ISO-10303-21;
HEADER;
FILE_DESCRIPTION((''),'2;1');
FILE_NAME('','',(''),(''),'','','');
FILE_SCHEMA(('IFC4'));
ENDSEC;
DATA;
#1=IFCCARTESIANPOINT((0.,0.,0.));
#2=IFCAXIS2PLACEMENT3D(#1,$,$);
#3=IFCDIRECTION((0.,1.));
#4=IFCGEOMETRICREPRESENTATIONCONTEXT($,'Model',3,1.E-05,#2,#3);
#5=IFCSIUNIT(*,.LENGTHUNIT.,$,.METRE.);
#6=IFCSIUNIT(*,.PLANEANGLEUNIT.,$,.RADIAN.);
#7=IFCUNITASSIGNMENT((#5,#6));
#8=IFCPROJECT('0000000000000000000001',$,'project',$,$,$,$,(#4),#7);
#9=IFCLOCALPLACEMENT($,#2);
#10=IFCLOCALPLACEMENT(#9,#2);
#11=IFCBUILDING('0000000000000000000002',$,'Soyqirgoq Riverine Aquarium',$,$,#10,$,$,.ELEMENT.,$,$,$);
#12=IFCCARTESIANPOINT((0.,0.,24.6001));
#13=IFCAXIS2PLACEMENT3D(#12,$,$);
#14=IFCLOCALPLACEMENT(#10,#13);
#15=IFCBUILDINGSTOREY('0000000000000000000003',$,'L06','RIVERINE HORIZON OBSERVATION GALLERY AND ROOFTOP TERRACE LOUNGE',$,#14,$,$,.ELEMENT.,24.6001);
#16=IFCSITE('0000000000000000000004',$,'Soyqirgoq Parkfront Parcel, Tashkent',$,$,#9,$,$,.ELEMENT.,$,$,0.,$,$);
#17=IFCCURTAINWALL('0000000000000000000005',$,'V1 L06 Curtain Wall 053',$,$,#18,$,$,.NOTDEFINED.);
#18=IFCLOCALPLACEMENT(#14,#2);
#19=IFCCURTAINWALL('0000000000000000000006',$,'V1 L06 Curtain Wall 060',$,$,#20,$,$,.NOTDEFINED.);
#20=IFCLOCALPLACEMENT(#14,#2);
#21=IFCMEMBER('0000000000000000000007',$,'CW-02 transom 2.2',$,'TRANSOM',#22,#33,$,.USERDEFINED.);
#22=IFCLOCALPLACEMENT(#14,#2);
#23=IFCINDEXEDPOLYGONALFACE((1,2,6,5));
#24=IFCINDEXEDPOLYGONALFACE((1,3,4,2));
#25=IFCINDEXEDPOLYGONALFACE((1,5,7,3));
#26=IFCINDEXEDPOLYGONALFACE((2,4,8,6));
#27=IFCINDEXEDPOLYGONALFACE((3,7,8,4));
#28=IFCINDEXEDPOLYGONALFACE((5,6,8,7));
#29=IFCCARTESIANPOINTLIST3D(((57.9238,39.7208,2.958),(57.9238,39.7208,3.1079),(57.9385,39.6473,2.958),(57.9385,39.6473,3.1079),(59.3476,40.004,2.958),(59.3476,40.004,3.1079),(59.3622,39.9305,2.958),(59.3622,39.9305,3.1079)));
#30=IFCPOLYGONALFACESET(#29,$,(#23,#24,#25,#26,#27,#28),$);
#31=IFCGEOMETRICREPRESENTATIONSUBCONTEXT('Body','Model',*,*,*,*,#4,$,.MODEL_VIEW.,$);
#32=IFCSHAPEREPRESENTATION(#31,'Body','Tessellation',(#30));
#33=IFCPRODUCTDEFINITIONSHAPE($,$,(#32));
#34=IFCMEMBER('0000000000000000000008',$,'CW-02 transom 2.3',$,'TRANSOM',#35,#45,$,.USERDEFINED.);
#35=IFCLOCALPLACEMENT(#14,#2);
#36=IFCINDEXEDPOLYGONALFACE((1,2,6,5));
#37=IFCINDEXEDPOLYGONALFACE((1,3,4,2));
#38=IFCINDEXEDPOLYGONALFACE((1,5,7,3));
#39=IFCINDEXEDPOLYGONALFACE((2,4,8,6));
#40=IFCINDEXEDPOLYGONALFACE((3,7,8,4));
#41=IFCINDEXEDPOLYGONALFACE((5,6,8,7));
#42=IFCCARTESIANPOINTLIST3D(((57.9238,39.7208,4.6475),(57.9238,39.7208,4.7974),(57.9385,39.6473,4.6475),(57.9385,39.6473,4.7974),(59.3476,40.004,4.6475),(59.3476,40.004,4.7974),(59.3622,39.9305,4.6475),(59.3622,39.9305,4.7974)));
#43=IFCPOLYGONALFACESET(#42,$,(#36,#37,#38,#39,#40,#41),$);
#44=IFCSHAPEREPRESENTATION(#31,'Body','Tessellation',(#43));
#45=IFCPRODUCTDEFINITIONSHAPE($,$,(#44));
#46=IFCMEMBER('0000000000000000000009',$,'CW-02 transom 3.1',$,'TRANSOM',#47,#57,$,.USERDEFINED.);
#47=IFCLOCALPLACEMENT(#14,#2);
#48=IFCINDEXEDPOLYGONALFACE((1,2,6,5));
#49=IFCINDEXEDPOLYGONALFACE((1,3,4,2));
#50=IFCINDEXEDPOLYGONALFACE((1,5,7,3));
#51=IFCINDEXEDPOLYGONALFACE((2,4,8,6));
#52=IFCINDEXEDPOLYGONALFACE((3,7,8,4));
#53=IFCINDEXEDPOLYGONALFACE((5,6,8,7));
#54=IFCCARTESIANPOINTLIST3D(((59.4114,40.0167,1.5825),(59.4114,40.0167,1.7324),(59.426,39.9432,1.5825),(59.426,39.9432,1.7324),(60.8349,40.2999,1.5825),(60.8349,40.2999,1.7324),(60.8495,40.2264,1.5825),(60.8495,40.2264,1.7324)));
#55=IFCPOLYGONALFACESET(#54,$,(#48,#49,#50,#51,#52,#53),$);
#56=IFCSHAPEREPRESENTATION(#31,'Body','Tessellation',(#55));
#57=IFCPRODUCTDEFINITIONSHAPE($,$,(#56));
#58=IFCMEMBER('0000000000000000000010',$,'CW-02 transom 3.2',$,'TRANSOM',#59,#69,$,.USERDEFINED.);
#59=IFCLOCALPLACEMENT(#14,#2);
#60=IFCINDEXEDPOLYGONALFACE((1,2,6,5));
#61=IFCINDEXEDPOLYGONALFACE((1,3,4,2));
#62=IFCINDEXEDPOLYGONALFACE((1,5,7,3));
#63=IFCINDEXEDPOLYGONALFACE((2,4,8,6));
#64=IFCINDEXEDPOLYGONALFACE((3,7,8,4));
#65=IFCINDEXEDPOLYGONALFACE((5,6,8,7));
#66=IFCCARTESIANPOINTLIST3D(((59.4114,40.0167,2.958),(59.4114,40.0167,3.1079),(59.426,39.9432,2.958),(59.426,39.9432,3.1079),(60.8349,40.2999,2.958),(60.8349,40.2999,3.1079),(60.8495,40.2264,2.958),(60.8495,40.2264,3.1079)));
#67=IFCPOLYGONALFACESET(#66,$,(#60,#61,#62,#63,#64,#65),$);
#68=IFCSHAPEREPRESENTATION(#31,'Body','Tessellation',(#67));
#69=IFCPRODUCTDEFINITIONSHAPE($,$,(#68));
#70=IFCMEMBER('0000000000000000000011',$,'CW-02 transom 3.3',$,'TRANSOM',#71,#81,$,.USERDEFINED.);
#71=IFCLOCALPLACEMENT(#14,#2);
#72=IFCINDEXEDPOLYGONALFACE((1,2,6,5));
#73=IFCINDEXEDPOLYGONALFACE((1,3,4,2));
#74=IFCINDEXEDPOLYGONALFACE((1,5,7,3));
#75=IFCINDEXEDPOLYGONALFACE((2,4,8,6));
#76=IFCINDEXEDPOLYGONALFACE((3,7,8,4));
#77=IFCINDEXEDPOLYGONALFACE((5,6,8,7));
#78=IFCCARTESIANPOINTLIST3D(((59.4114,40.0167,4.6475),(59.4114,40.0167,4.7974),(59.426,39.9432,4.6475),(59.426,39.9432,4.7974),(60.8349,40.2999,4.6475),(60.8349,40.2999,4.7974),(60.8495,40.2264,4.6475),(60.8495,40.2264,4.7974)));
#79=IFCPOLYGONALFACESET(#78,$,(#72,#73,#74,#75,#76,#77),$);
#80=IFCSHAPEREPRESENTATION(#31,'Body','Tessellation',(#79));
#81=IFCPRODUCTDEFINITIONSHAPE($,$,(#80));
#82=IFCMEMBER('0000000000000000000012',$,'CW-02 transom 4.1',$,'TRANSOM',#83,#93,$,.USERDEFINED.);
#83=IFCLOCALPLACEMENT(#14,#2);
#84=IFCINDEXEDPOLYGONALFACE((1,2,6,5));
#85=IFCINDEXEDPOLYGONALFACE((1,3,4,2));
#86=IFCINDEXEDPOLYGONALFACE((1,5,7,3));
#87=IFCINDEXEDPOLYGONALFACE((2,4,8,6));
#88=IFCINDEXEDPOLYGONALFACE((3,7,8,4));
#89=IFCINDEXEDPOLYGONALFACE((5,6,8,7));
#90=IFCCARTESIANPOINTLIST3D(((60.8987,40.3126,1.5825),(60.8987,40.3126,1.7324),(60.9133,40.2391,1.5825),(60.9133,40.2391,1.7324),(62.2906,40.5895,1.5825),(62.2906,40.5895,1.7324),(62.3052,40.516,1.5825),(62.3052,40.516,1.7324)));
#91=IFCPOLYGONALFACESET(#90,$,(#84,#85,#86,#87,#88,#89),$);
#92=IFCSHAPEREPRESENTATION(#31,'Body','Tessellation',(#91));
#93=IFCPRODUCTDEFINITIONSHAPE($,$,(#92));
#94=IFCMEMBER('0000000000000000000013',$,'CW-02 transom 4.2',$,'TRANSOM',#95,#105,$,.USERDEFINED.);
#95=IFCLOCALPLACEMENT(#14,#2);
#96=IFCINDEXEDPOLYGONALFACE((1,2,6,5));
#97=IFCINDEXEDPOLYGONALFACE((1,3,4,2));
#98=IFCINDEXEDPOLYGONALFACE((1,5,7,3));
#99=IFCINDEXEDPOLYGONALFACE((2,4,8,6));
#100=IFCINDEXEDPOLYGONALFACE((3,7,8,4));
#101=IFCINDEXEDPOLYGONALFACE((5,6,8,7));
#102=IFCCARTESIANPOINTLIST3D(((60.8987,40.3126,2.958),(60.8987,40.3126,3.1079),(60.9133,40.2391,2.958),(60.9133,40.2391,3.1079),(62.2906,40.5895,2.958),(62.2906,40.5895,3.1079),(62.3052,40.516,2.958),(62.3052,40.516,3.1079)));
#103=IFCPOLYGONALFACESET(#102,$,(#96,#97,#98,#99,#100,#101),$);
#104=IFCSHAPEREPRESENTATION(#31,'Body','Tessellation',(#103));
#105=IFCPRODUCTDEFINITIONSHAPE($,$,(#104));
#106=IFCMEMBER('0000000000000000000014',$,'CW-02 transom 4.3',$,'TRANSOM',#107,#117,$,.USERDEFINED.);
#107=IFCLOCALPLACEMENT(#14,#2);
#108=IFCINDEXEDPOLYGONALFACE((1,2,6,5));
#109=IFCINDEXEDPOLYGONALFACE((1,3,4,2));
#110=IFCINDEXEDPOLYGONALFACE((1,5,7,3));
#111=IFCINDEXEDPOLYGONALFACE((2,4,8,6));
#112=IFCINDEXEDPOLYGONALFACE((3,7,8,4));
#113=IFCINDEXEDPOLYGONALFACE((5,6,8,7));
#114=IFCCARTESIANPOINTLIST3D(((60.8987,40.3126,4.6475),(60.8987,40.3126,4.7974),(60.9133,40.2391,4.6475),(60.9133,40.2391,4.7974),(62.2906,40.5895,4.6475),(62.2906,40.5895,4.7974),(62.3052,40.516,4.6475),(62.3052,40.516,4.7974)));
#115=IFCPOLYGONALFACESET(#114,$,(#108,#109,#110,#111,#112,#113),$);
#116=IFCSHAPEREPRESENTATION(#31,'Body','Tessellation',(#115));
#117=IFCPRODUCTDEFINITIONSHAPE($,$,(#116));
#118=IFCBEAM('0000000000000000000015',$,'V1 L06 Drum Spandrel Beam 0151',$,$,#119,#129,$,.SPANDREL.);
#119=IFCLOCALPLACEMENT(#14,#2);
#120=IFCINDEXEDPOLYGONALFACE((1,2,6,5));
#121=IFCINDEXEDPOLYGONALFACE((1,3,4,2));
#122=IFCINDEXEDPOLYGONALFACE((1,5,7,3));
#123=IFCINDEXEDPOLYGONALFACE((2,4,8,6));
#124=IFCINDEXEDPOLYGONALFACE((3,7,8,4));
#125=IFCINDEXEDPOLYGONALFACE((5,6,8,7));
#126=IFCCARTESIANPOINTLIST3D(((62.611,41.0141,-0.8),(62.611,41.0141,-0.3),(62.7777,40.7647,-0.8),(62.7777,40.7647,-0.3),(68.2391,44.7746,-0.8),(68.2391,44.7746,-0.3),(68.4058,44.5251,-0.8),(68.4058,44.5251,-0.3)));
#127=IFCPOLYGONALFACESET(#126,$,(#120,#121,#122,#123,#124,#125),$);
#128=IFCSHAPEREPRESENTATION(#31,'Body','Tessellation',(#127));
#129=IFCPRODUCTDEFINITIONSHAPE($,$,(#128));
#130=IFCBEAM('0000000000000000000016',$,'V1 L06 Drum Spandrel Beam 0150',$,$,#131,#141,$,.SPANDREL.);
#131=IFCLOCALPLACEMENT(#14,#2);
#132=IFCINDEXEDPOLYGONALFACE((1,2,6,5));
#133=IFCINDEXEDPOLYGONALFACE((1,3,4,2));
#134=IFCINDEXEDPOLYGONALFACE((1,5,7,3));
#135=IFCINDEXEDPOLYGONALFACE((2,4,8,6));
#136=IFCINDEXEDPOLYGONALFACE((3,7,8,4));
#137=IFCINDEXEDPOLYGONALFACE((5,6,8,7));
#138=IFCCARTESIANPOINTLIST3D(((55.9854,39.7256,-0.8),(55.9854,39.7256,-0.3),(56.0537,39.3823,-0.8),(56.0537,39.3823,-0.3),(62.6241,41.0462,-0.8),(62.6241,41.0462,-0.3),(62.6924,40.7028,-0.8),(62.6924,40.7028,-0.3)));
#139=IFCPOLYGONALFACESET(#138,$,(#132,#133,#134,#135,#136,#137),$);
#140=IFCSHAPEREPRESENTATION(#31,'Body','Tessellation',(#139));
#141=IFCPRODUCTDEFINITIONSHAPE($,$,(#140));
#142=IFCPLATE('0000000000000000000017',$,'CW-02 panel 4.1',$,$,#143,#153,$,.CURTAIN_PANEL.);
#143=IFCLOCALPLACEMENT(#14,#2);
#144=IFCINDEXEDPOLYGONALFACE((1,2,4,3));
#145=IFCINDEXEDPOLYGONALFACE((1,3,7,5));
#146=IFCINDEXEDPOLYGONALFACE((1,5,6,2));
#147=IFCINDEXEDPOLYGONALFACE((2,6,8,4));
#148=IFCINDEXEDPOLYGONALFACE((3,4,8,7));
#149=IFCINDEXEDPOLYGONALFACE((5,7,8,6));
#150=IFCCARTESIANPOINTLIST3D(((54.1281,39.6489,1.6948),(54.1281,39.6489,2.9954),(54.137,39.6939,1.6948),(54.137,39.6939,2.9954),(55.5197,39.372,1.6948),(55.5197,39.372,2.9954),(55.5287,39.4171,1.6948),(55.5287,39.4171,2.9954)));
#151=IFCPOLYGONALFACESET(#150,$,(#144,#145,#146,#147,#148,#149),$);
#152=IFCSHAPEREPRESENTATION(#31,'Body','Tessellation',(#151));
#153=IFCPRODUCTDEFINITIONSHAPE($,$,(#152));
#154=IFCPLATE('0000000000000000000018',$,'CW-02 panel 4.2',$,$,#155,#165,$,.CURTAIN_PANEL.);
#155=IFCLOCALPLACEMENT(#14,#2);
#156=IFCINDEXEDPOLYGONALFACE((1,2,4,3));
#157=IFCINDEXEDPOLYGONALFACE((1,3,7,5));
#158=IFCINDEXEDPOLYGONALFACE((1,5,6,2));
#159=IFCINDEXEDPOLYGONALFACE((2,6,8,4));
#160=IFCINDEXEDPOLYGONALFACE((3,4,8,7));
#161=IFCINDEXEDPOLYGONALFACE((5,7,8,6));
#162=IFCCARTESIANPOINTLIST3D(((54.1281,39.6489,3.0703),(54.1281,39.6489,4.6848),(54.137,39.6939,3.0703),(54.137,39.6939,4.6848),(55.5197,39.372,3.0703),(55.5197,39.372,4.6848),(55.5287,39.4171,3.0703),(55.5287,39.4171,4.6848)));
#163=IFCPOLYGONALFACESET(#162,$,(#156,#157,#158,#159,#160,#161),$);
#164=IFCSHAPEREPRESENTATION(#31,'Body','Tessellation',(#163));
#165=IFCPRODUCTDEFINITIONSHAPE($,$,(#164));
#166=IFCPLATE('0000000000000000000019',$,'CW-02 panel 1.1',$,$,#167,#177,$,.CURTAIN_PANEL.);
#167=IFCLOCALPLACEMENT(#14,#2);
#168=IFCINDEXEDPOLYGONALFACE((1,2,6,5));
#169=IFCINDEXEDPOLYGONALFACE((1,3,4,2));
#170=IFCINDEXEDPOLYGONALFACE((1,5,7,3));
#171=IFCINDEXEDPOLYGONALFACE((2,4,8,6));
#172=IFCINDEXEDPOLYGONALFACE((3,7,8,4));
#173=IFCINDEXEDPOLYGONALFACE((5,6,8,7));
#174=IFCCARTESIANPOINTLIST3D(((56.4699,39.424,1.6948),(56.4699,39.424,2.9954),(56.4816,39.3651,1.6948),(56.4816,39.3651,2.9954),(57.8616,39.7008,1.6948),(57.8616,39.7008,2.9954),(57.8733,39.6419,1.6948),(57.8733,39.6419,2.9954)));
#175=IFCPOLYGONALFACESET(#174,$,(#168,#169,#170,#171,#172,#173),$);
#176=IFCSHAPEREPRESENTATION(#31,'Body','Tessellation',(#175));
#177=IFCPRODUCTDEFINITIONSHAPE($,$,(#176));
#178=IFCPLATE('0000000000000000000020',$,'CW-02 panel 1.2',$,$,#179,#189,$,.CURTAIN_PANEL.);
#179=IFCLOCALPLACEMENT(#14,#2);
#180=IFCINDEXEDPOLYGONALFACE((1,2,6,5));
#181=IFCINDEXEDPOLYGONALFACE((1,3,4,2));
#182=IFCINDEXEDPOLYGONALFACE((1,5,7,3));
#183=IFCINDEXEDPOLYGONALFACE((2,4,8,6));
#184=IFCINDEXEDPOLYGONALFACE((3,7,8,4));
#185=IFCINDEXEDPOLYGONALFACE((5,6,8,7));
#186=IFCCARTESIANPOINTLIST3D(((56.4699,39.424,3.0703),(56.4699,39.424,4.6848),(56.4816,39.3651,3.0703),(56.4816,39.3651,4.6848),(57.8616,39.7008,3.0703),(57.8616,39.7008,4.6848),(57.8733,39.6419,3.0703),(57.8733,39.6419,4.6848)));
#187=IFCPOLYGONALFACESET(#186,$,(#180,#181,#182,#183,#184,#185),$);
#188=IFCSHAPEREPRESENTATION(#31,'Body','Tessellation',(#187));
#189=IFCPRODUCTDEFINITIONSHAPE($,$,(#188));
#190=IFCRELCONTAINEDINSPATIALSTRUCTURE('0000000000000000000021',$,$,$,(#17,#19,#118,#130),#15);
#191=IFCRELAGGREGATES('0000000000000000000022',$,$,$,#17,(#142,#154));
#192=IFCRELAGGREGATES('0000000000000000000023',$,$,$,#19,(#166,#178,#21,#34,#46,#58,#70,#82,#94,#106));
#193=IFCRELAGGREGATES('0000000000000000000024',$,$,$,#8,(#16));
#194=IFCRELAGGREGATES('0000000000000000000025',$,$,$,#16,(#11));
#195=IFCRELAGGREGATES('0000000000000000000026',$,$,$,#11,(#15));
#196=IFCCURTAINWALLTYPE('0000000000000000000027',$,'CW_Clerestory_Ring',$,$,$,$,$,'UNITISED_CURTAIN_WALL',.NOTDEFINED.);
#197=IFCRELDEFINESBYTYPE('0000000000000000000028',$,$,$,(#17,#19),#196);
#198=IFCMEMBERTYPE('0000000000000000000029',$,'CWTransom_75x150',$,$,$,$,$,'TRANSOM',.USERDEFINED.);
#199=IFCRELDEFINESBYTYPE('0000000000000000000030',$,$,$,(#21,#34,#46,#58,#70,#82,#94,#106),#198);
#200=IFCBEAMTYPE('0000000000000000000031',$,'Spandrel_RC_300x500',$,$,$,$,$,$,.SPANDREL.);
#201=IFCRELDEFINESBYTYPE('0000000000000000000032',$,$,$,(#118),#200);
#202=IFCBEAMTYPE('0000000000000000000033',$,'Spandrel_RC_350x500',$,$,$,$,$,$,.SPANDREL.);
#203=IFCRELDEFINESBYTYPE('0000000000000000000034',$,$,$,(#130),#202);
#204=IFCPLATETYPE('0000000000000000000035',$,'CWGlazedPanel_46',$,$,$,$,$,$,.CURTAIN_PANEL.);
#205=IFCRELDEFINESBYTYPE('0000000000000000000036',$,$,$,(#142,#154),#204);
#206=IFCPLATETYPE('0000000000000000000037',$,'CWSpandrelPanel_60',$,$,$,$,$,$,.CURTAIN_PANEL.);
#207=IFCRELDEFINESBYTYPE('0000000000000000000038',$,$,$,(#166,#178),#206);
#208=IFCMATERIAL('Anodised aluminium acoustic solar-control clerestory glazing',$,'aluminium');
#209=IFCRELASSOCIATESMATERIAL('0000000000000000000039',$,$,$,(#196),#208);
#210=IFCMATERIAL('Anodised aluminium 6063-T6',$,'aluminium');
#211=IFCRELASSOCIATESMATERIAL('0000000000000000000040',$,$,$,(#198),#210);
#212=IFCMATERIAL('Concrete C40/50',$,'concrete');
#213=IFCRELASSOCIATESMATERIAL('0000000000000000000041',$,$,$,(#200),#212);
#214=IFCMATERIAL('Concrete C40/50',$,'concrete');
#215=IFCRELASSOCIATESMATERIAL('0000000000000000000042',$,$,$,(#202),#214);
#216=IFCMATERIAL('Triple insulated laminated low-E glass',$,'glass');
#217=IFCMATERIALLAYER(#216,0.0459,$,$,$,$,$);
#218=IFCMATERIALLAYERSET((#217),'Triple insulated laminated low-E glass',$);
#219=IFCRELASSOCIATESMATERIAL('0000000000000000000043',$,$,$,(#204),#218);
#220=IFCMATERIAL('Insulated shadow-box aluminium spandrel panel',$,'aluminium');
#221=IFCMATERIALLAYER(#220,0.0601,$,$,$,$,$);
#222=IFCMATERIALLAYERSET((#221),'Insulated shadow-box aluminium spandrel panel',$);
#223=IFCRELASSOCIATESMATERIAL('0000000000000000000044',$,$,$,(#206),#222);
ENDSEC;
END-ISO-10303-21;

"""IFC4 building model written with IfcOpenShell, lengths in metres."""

from ifc_helpers import new_model, si_unit, direction, frame, origin, origin_2d, place, context, subcontext, project, spatial, rectangle, extrude, material, layer, layer_set, material_profile, profile_set, type_object, element, aggregate, save


model = new_model("IFC4")

# Units and contexts
model_context = context("Model", 3, precision=1e-05, world=origin(), true_north=direction((0.0, 1.0)))
body_context = subcontext(model_context, "Body", "Model", "MODEL_VIEW")
ifc_project = project(units=[si_unit("LENGTHUNIT", "METRE"), si_unit("PLANEANGLEUNIT", "RADIAN")], contexts=[model_context])

# Site, building, storey
site_placement = place(None, origin())
site = spatial("IfcSite", under=ifc_project, at=site_placement, Name="Soyqirgoq Parkfront Parcel, Tashkent", CompositionType="ELEMENT", RefElevation=0.0)
building_placement = place(site_placement, origin())
building = spatial("IfcBuilding", under=site, at=building_placement, Name="Soyqirgoq Riverine Aquarium", CompositionType="ELEMENT")
storey_placement = place(building_placement, frame((0.0, 0.0, 24.6001)))
storey = spatial("IfcBuildingStorey", under=building, at=storey_placement, Name="L06", Description="RIVERINE HORIZON OBSERVATION GALLERY AND ROOFTOP TERRACE LOUNGE", CompositionType="ELEMENT", Elevation=24.6001)

# Curtain wall
ifc_material_1 = material(Name="Anodised aluminium acoustic solar-control clerestory glazing", Category="aluminium")
curtain_wall_type = type_object("IfcCurtainWallType", Name="CW_Clerestory_Ring", ElementType="UNITISED_CURTAIN_WALL", PredefinedType="NOTDEFINED", material=ifc_material_1)
curtain_wall_1_placement = place(storey_placement, origin())
curtain_wall_1 = element("IfcCurtainWall", 1, at=curtain_wall_1_placement, inside=storey, type_object=curtain_wall_type, Name="V1 L06 Curtain Wall 053", PredefinedType="NOTDEFINED")

# Curtain wall
curtain_wall_2_placement = place(storey_placement, origin())
curtain_wall_2 = element("IfcCurtainWall", 2, at=curtain_wall_2_placement, inside=storey, type_object=curtain_wall_type, Name="V1 L06 Curtain Wall 060", PredefinedType="NOTDEFINED")

# Members
ifc_material_2 = material(Name="Anodised aluminium 6063-T6", Category="aluminium")
ifc_material_profile_1 = material_profile(ifc_material_2, rectangle(XDim=0.075, YDim=0.1499, at=origin_2d()), Name="ALU-T 75x150")
ifc_profile_set_1 = profile_set([ifc_material_profile_1], Name="Anodised aluminium 6063-T6")
member_type_1 = type_object("IfcMemberType", Name="CWTransom_75x150", ElementType="TRANSOM", PredefinedType="USERDEFINED", material=ifc_profile_set_1)
member_1_placement = place(storey_placement, frame((57.9312, 39.6841, 3.033), z_axis=(0.980787, 0.195081, 0.0), x_axis=(-0.195081, 0.980787, 0.0)))
member_1 = element("IfcMember", 3, at=member_1_placement, type_object=member_type_1, Name="CW-02 transom 2.2", ObjectType="TRANSOM", PredefinedType="USERDEFINED", context=body_context, shape_type="SweptSolid", body=[
    extrude(rectangle(XDim=0.075, YDim=0.1499, at=origin_2d()), origin(), (0.0, 0.0, 1.0), 1.4517),
])
member_2_placement = place(storey_placement, frame((57.9312, 39.6841, 4.7224), z_axis=(0.980787, 0.195081, 0.0), x_axis=(-0.195081, 0.980787, 0.0)))
member_2 = element("IfcMember", 4, at=member_2_placement, type_object=member_type_1, Name="CW-02 transom 2.3", ObjectType="TRANSOM", PredefinedType="USERDEFINED", context=body_context, shape_type="SweptSolid", body=[
    extrude(rectangle(XDim=0.075, YDim=0.1499, at=origin_2d()), origin(), (0.0, 0.0, 1.0), 1.4517),
])
member_3_placement = place(storey_placement, frame((59.4187, 39.98, 1.6575), z_axis=(0.980781, 0.195113, 0.0), x_axis=(-0.195113, 0.980781, 0.0)))
member_3 = element("IfcMember", 5, at=member_3_placement, type_object=member_type_1, Name="CW-02 transom 3.1", ObjectType="TRANSOM", PredefinedType="USERDEFINED", context=body_context, shape_type="SweptSolid", body=[
    extrude(rectangle(XDim=0.075, YDim=0.1499, at=origin_2d()), origin(), (0.0, 0.0, 1.0), 1.4514),
])
member_4_placement = place(storey_placement, frame((59.4187, 39.98, 3.033), z_axis=(0.980781, 0.195113, 0.0), x_axis=(-0.195113, 0.980781, 0.0)))
member_4 = element("IfcMember", 6, at=member_4_placement, type_object=member_type_1, Name="CW-02 transom 3.2", ObjectType="TRANSOM", PredefinedType="USERDEFINED", context=body_context, shape_type="SweptSolid", body=[
    extrude(rectangle(XDim=0.075, YDim=0.1499, at=origin_2d()), origin(), (0.0, 0.0, 1.0), 1.4514),
])
member_5_placement = place(storey_placement, frame((59.4187, 39.98, 4.7224), z_axis=(0.980781, 0.195113, 0.0), x_axis=(-0.195113, 0.980781, 0.0)))
member_5 = element("IfcMember", 7, at=member_5_placement, type_object=member_type_1, Name="CW-02 transom 3.3", ObjectType="TRANSOM", PredefinedType="USERDEFINED", context=body_context, shape_type="SweptSolid", body=[
    extrude(rectangle(XDim=0.075, YDim=0.1499, at=origin_2d()), origin(), (0.0, 0.0, 1.0), 1.4514),
])
member_6_placement = place(storey_placement, frame((60.906, 40.2759, 1.6575), z_axis=(0.980785, 0.19509, 0.0), x_axis=(-0.19509, 0.980785, 0.0)))
member_6 = element("IfcMember", 8, at=member_6_placement, type_object=member_type_1, Name="CW-02 transom 4.1", ObjectType="TRANSOM", PredefinedType="USERDEFINED", context=body_context, shape_type="SweptSolid", body=[
    extrude(rectangle(XDim=0.075, YDim=0.1499, at=origin_2d()), origin(), (0.0, 0.0, 1.0), 1.4192),
])
member_7_placement = place(storey_placement, frame((60.906, 40.2759, 3.033), z_axis=(0.980785, 0.19509, 0.0), x_axis=(-0.19509, 0.980785, 0.0)))
member_7 = element("IfcMember", 9, at=member_7_placement, type_object=member_type_1, Name="CW-02 transom 4.2", ObjectType="TRANSOM", PredefinedType="USERDEFINED", context=body_context, shape_type="SweptSolid", body=[
    extrude(rectangle(XDim=0.075, YDim=0.1499, at=origin_2d()), origin(), (0.0, 0.0, 1.0), 1.4192),
])
member_8_placement = place(storey_placement, frame((60.906, 40.2759, 4.7224), z_axis=(0.980785, 0.19509, 0.0), x_axis=(-0.19509, 0.980785, 0.0)))
member_8 = element("IfcMember", 10, at=member_8_placement, type_object=member_type_1, Name="CW-02 transom 4.3", ObjectType="TRANSOM", PredefinedType="USERDEFINED", context=body_context, shape_type="SweptSolid", body=[
    extrude(rectangle(XDim=0.075, YDim=0.1499, at=origin_2d()), origin(), (0.0, 0.0, 1.0), 1.4192),
])

# Beams
ifc_material_3 = material(Name="Concrete C40/50", Category="concrete")
ifc_material_profile_2 = material_profile(ifc_material_3, rectangle(XDim=0.3, YDim=0.5, at=origin_2d()), Name="RC 300x500")
ifc_profile_set_2 = profile_set([ifc_material_profile_2], Name="Concrete C40/50")
beam_type_1 = type_object("IfcBeamType", Name="Spandrel_RC_300x500", PredefinedType="SPANDREL", material=ifc_profile_set_2)
beam_1_placement = place(storey_placement, frame((62.6943, 40.8894, -0.55), z_axis=(0.831478, 0.555557, 0.0), x_axis=(-0.555557, 0.831478, 0.0)))
element("IfcBeam", 11, at=beam_1_placement, inside=storey, type_object=beam_type_1, Name="V1 L06 Drum Spandrel Beam 0151", PredefinedType="SPANDREL", context=body_context, shape_type="SweptSolid", body=[
    extrude(rectangle(XDim=0.3, YDim=0.5, at=origin_2d()), origin(), (0.0, 0.0, 1.0), 6.7688),
])
ifc_material_4 = material(Name="Concrete C40/50", Category="concrete")
ifc_material_profile_3 = material_profile(ifc_material_4, rectangle(XDim=0.3501, YDim=0.5, at=origin_2d()), Name="RC 350x500")
ifc_profile_set_3 = profile_set([ifc_material_profile_3], Name="Concrete C40/50")
beam_type_2 = type_object("IfcBeamType", Name="Spandrel_RC_350x500", PredefinedType="SPANDREL", material=ifc_profile_set_3)
beam_2_placement = place(storey_placement, frame((56.0195, 39.554, -0.55), z_axis=(0.980784, 0.195096, 0.0), x_axis=(-0.195096, 0.980784, 0.0)))
element("IfcBeam", 12, at=beam_2_placement, inside=storey, type_object=beam_type_2, Name="V1 L06 Drum Spandrel Beam 0150", PredefinedType="SPANDREL", context=body_context, shape_type="SweptSolid", body=[
    extrude(rectangle(XDim=0.3501, YDim=0.5, at=origin_2d()), origin(), (0.0, 0.0, 1.0), 6.7688),
])

# Plates
ifc_material_5 = material(Name="Triple insulated laminated low-E glass", Category="glass")
ifc_layer_1 = layer(ifc_material_5, 0.0459)
ifc_layer_set_1 = layer_set([ifc_layer_1], Name="Triple insulated laminated low-E glass")
plate_type_1 = type_object("IfcPlateType", Name="CWGlazedPanel_46", PredefinedType="CURTAIN_PANEL", material=ifc_layer_set_1)
plate_1_placement = place(storey_placement, frame((54.8284, 39.533, 1.6948), z_axis=(0.0, 0.0, 1.0), x_axis=(0.980784, -0.195095, 0.0)))
plate_1 = element("IfcPlate", 13, at=plate_1_placement, type_object=plate_type_1, Name="CW-02 panel 4.1", PredefinedType="CURTAIN_PANEL", context=body_context, shape_type="SweptSolid", body=[
    extrude(rectangle(XDim=1.4189, YDim=0.0459, at=origin_2d()), origin(), (0.0, 0.0, 1.0), 1.3005),
])
plate_2_placement = place(storey_placement, frame((54.8284, 39.533, 3.0703), z_axis=(0.0, 0.0, 1.0), x_axis=(0.980784, -0.195095, 0.0)))
plate_2 = element("IfcPlate", 14, at=plate_2_placement, type_object=plate_type_1, Name="CW-02 panel 4.2", PredefinedType="CURTAIN_PANEL", context=body_context, shape_type="SweptSolid", body=[
    extrude(rectangle(XDim=1.4189, YDim=0.0459, at=origin_2d()), origin(), (0.0, 0.0, 1.0), 1.6145),
])
aggregate(curtain_wall_1, [plate_1, plate_2])
ifc_material_6 = material(Name="Insulated shadow-box aluminium spandrel panel", Category="aluminium")
ifc_layer_2 = layer(ifc_material_6, 0.0601)
ifc_layer_set_2 = layer_set([ifc_layer_2], Name="Insulated shadow-box aluminium spandrel panel")
plate_type_2 = type_object("IfcPlateType", Name="CWSpandrelPanel_60", PredefinedType="CURTAIN_PANEL", material=ifc_layer_set_2)
plate_3_placement = place(storey_placement, frame((57.1716, 39.533, 1.6948), z_axis=(0.0, 0.0, 1.0), x_axis=(0.980784, 0.195095, 0.0)))
plate_3 = element("IfcPlate", 15, at=plate_3_placement, type_object=plate_type_2, Name="CW-02 panel 1.1", PredefinedType="CURTAIN_PANEL", context=body_context, shape_type="SweptSolid", body=[
    extrude(rectangle(XDim=1.4189, YDim=0.0601, at=origin_2d()), origin(), (0.0, 0.0, 1.0), 1.3005),
])
plate_4_placement = place(storey_placement, frame((57.1716, 39.533, 3.0703), z_axis=(0.0, 0.0, 1.0), x_axis=(0.980784, 0.195095, 0.0)))
plate_4 = element("IfcPlate", 16, at=plate_4_placement, type_object=plate_type_2, Name="CW-02 panel 1.2", PredefinedType="CURTAIN_PANEL", context=body_context, shape_type="SweptSolid", body=[
    extrude(rectangle(XDim=1.4189, YDim=0.0601, at=origin_2d()), origin(), (0.0, 0.0, 1.0), 1.6145),
])
aggregate(curtain_wall_2, [plate_3, plate_4, member_1, member_2, member_3, member_4, member_5, member_6, member_7, member_8])

save(model, "model.ifc")
